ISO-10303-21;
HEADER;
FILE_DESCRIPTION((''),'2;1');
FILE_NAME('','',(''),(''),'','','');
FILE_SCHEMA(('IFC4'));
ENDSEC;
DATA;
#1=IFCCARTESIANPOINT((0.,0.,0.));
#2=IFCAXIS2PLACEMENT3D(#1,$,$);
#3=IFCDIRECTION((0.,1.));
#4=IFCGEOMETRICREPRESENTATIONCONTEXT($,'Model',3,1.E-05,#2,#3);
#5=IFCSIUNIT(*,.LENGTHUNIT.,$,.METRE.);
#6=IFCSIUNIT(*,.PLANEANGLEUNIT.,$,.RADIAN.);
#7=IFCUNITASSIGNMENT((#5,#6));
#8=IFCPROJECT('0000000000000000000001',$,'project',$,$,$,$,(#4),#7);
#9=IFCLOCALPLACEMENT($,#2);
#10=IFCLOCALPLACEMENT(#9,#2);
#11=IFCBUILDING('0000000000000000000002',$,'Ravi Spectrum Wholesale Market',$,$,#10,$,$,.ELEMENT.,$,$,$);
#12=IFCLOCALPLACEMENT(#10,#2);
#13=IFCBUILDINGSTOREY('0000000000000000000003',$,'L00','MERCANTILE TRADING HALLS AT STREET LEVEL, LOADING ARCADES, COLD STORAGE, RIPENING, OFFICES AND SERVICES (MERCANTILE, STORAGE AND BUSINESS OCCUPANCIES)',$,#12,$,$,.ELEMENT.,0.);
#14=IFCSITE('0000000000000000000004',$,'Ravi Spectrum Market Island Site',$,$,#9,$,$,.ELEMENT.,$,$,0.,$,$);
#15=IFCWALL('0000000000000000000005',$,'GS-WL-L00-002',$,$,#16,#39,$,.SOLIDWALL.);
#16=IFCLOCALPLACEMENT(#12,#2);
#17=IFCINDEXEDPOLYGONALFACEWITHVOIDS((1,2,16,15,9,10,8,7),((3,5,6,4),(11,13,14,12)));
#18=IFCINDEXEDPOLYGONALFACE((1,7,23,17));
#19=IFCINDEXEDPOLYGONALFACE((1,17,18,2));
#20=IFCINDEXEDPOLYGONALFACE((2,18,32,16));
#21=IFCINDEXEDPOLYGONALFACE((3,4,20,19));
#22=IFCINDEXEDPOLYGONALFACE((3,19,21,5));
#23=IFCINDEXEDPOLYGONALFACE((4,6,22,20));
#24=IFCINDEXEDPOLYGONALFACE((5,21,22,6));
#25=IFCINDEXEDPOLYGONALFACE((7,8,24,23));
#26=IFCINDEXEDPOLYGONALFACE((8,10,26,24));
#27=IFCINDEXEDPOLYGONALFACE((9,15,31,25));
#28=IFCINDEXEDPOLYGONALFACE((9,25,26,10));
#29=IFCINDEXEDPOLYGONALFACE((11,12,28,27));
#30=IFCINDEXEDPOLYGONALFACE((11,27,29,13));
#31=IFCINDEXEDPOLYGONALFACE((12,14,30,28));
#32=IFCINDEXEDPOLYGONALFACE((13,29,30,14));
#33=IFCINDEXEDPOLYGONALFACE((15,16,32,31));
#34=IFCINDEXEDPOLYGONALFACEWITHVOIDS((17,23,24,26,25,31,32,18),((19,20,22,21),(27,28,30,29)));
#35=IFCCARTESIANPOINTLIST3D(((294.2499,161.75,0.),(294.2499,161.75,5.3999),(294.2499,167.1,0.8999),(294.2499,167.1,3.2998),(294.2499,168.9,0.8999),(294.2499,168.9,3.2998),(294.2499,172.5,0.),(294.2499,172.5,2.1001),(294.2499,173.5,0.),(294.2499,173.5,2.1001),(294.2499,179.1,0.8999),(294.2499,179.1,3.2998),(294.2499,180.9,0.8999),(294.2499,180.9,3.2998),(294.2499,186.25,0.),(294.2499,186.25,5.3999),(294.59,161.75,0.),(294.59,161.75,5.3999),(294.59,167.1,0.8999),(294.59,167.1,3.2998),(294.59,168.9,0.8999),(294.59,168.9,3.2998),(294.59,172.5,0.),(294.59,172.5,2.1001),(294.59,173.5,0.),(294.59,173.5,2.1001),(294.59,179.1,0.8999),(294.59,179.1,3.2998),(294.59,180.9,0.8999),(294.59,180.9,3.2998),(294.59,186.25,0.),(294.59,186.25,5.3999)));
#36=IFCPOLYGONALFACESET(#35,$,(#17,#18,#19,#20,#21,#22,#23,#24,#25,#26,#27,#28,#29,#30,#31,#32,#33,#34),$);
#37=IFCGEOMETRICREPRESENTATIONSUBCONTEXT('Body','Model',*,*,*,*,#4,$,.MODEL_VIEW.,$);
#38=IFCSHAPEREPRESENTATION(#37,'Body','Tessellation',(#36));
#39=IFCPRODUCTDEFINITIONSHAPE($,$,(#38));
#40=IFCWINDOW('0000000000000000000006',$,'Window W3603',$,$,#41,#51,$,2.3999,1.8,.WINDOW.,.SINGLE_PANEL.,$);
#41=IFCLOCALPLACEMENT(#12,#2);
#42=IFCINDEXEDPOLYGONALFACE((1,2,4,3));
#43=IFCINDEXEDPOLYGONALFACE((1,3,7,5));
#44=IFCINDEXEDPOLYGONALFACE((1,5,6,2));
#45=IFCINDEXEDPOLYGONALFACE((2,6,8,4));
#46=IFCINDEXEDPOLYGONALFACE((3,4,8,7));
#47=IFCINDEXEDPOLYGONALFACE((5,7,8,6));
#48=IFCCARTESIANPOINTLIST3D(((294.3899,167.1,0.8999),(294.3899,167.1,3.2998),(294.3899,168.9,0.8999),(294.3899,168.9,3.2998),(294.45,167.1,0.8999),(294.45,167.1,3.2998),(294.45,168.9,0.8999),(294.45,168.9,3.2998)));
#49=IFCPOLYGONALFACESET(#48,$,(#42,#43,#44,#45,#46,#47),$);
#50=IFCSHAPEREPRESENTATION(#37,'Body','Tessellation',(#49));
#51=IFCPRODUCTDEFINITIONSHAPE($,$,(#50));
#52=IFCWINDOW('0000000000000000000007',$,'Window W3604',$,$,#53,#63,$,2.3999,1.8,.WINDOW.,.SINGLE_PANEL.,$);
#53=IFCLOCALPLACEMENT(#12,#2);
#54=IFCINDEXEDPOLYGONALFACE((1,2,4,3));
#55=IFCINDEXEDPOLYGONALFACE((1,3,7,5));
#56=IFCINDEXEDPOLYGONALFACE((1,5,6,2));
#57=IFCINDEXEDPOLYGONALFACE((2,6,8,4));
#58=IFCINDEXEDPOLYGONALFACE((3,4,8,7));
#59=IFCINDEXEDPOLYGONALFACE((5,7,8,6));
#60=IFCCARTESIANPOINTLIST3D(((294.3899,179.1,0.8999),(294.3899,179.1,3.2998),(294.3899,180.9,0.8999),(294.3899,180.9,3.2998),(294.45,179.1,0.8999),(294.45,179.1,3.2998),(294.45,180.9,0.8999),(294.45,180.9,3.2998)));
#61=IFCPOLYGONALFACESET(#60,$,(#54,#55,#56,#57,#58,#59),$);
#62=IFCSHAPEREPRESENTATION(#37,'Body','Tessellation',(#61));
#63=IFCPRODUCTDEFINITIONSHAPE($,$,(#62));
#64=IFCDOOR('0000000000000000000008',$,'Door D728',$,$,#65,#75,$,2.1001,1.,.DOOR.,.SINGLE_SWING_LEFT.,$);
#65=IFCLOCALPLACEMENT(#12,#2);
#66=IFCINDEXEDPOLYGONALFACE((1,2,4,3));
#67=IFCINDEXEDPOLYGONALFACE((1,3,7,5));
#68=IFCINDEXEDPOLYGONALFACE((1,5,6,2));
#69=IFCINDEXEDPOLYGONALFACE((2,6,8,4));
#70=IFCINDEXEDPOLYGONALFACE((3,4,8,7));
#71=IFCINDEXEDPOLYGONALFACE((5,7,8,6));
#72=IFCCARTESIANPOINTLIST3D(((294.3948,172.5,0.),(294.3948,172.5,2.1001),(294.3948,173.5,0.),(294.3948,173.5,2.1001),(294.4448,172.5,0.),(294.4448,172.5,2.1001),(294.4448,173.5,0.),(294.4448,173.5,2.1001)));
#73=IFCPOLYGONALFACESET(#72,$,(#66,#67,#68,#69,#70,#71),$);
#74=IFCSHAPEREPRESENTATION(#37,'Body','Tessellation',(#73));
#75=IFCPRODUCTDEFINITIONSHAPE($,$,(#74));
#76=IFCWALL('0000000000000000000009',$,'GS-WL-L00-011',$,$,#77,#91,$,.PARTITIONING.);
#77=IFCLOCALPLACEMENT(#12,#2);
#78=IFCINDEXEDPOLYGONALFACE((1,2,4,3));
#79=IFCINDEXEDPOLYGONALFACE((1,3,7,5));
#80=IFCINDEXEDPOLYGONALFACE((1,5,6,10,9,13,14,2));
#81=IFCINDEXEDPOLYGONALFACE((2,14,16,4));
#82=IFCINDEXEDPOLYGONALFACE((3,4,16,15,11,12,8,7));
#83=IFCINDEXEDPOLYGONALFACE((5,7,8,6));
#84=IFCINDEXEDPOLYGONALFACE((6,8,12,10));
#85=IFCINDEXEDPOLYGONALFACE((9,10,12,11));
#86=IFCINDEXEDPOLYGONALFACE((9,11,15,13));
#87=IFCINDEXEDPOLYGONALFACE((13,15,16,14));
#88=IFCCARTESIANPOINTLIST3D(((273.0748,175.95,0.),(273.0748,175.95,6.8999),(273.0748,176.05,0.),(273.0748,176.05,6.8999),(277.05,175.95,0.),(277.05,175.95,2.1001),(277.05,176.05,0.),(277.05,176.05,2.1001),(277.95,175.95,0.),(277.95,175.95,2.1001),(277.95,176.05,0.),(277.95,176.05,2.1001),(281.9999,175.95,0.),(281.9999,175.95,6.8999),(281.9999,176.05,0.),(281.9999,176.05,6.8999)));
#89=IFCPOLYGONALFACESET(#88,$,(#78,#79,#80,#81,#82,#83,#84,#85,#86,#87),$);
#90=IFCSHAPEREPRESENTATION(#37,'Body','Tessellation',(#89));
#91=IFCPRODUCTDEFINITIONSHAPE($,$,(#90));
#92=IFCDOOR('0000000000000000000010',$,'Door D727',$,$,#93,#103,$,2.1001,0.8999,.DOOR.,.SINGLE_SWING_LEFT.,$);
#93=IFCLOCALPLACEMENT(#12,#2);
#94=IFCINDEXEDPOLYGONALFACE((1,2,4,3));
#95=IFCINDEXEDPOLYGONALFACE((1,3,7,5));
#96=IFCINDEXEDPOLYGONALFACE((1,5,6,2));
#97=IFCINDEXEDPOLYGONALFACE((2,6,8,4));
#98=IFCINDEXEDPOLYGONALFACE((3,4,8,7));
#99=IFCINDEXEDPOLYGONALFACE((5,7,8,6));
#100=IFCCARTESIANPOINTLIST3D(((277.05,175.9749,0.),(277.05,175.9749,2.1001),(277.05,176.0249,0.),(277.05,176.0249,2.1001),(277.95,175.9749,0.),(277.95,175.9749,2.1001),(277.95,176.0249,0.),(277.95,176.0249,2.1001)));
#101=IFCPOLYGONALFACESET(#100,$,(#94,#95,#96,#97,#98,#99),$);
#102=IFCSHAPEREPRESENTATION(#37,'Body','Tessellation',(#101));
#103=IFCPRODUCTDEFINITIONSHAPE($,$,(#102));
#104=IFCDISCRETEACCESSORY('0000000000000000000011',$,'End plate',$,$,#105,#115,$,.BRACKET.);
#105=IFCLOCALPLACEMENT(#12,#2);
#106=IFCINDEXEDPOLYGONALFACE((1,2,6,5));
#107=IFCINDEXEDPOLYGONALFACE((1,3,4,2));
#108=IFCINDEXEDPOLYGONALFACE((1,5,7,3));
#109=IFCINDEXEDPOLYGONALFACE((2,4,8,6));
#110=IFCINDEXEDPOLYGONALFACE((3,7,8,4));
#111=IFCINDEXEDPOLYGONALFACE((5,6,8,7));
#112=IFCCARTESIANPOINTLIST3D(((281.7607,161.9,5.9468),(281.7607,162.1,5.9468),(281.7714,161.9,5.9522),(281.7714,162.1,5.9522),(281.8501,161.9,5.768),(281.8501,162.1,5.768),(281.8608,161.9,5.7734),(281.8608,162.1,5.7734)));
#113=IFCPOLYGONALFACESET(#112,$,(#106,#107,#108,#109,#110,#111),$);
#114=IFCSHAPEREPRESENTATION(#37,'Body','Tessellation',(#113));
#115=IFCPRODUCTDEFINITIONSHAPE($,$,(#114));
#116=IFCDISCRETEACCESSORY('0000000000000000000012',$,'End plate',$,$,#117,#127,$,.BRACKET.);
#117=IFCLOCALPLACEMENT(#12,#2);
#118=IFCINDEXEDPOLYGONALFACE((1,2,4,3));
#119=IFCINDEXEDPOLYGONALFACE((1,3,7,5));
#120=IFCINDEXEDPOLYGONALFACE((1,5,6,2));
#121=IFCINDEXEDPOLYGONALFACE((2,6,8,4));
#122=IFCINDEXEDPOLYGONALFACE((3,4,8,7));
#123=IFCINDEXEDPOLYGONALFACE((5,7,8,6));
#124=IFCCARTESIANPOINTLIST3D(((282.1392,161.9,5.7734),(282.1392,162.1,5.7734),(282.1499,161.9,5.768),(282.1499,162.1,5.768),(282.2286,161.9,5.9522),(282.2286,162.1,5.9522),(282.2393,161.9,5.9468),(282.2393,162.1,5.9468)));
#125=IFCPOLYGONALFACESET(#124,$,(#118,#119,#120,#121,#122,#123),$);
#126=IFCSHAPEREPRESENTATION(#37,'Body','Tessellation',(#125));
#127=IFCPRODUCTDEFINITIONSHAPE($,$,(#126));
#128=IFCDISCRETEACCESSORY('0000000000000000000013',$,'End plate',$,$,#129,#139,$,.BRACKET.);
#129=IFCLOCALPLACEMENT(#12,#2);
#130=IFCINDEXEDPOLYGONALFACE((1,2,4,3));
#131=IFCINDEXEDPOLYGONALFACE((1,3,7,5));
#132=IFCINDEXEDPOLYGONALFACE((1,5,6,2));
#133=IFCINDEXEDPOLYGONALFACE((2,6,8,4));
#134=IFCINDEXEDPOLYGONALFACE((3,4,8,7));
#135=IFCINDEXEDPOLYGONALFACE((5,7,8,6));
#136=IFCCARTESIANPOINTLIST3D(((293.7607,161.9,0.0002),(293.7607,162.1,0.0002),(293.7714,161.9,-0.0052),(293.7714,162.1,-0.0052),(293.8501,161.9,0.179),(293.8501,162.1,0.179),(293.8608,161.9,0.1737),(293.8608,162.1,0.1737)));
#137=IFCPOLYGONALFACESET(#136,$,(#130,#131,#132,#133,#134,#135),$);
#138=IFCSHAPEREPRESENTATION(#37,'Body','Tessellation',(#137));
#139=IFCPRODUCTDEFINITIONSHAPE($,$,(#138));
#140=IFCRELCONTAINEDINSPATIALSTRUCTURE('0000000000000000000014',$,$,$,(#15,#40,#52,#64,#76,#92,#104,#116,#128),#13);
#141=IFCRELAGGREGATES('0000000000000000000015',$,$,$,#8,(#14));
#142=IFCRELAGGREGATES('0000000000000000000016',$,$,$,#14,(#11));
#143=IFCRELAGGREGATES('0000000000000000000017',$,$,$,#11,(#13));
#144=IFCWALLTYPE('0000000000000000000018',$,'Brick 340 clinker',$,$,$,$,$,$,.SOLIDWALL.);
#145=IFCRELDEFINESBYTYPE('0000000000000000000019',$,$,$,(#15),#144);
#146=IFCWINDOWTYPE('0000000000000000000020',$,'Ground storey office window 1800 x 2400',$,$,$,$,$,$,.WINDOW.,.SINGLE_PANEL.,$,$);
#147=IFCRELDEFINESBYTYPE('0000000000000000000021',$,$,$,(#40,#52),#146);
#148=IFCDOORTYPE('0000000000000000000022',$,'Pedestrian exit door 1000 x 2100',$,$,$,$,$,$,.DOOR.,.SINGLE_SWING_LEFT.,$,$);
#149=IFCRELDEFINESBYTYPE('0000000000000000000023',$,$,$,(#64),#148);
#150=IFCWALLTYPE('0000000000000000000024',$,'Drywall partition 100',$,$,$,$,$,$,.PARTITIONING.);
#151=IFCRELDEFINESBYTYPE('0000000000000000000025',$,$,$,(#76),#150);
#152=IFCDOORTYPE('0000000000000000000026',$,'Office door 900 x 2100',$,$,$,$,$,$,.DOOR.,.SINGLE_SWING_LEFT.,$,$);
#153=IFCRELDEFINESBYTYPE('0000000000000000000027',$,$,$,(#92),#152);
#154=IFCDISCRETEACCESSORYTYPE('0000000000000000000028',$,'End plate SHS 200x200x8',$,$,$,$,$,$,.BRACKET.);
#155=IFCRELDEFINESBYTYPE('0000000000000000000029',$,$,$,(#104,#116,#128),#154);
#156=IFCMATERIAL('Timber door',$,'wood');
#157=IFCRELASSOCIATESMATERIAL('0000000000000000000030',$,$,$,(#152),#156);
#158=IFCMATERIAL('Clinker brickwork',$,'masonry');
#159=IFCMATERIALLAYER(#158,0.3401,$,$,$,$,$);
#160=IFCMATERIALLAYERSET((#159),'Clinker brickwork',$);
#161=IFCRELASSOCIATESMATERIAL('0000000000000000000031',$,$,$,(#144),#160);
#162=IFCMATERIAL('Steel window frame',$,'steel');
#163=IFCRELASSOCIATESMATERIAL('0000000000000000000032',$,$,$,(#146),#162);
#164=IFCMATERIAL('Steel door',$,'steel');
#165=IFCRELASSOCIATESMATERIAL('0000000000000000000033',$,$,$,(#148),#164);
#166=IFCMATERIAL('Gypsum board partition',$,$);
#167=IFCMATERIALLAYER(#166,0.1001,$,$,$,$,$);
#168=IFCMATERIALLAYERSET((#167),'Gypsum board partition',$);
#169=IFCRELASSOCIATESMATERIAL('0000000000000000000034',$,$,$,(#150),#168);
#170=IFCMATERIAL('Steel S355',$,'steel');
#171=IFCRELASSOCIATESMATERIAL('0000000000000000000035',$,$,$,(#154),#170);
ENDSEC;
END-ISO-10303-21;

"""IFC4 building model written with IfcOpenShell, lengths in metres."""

from ifc_helpers import new_model, si_unit, direction, frame, frame_2d, origin, origin_2d, place, context, subcontext, project, spatial, rectangle, extrude, material, layer, layer_set, material_profile, profile_set, type_object, element, fill, save


model = new_model("IFC4")

# Units and contexts
model_context = context("Model", 3, precision=1e-05, world=origin(), true_north=direction((0.0, 1.0)))
body_context = subcontext(model_context, "Body", "Model", "MODEL_VIEW")
ifc_project = project(units=[si_unit("LENGTHUNIT", "METRE"), si_unit("PLANEANGLEUNIT", "RADIAN")], contexts=[model_context])

# Site, building, storey
site_placement = place(None, origin())
site = spatial("IfcSite", under=ifc_project, at=site_placement, Name="Ravi Spectrum Market Island Site", CompositionType="ELEMENT", RefElevation=0.0)
building_placement = place(site_placement, origin())
building = spatial("IfcBuilding", under=site, at=building_placement, Name="Ravi Spectrum Wholesale Market", CompositionType="ELEMENT")
storey_placement = place(building_placement, origin())
storey = spatial("IfcBuildingStorey", under=building, at=storey_placement, Name="L00", Description="MERCANTILE TRADING HALLS AT STREET LEVEL, LOADING ARCADES, COLD STORAGE, RIPENING, OFFICES AND SERVICES (MERCANTILE, STORAGE AND BUSINESS OCCUPANCIES)", CompositionType="ELEMENT", Elevation=0.0)

# Shared definitions
ifc_material_1 = material(Name="Timber door", Category="wood")
door_type_1 = type_object("IfcDoorType", Name="Office door 900 x 2100", OperationType="SINGLE_SWING_LEFT", PredefinedType="DOOR", material=ifc_material_1)

# Wall, openings, windows, door
ifc_material_2 = material(Name="Clinker brickwork", Category="masonry")
ifc_layer_1 = layer(ifc_material_2, 0.3401)
ifc_layer_set_1 = layer_set([ifc_layer_1], Name="Clinker brickwork")
wall_type_1 = type_object("IfcWallType", Name="Brick 340 clinker", PredefinedType="SOLIDWALL", material=ifc_layer_set_1)
wall_1_placement = place(storey_placement, frame((294.4199, 161.75, 0.0), z_axis=(0.0, 0.0, 1.0), x_axis=(0.0, 1.0, 0.0)))
wall_1 = element("IfcWall", 1, at=wall_1_placement, inside=storey, type_object=wall_type_1, Name="GS-WL-L00-002", PredefinedType="SOLIDWALL", context=body_context, shape_type="SweptSolid", body=[
    extrude(rectangle(XDim=24.5, YDim=0.3401, at=frame_2d((12.25, 0.0))), origin(), (0.0, 0.0, 1.0), 5.3999),
])
opening_1_placement = place(wall_1_placement, frame((11.75, 0.0, 0.0), z_axis=(0.0, 0.0, 1.0), x_axis=(-1.0, 0.0, 0.0)))
opening_1 = element("IfcOpeningElement", 2, at=opening_1_placement, cuts=wall_1, PredefinedType="OPENING", context=body_context, shape_type="SweptSolid", body=[
    extrude(rectangle(XDim=1.0, YDim=2.1001, at=frame_2d((0.5, 1.05))), frame((0.0, 0.1799, 0.0), z_axis=(0.0, -1.0, 0.0), x_axis=(1.0, 0.0, 0.0)), (0.0, 0.0, 1.0), 0.3601),
])
opening_2_placement = place(wall_1_placement, frame((5.3501, 0.0, 0.8999)))
opening_2 = element("IfcOpeningElement", 3, at=opening_2_placement, cuts=wall_1, PredefinedType="OPENING", context=body_context, shape_type="SweptSolid", body=[
    extrude(rectangle(XDim=1.8, YDim=2.3999, at=frame_2d((0.8999, 1.2))), frame((0.0, 0.1799, 0.0), z_axis=(0.0, -1.0, 0.0), x_axis=(1.0, 0.0, 0.0)), (0.0, 0.0, 1.0), 0.3601),
])
opening_3_placement = place(wall_1_placement, frame((17.3501, 0.0, 0.8999)))
opening_3 = element("IfcOpeningElement", 4, at=opening_3_placement, cuts=wall_1, PredefinedType="OPENING", context=body_context, shape_type="SweptSolid", body=[
    extrude(rectangle(XDim=1.8, YDim=2.3999, at=frame_2d((0.8999, 1.2))), frame((0.0, 0.1799, 0.0), z_axis=(0.0, -1.0, 0.0), x_axis=(1.0, 0.0, 0.0)), (0.0, 0.0, 1.0), 0.3601),
])
ifc_material_3 = material(Name="Steel window frame", Category="steel")
window_type = type_object("IfcWindowType", Name="Ground storey office window 1800 x 2400", PartitioningType="SINGLE_PANEL", PredefinedType="WINDOW", material=ifc_material_3)
window_1_placement = place(opening_2_placement, origin())
window_1 = element("IfcWindow", 5, at=window_1_placement, inside=storey, type_object=window_type, Name="Window W3603", OverallHeight=2.3999, OverallWidth=1.8, PartitioningType="SINGLE_PANEL", PredefinedType="WINDOW", context=body_context, shape_type="SweptSolid", body=[
    extrude(rectangle(XDim=1.8, YDim=2.3999, at=frame_2d((0.8999, 1.2))), frame((0.0, 0.03, 0.0), z_axis=(0.0, -1.0, 0.0), x_axis=(1.0, 0.0, 0.0)), (0.0, 0.0, 1.0), 0.0601),
])
fill(opening_2, window_1)
window_2_placement = place(opening_3_placement, origin())
window_2 = element("IfcWindow", 6, at=window_2_placement, inside=storey, type_object=window_type, Name="Window W3604", OverallHeight=2.3999, OverallWidth=1.8, PartitioningType="SINGLE_PANEL", PredefinedType="WINDOW", context=body_context, shape_type="SweptSolid", body=[
    extrude(rectangle(XDim=1.8, YDim=2.3999, at=frame_2d((0.8999, 1.2))), frame((0.0, 0.03, 0.0), z_axis=(0.0, -1.0, 0.0), x_axis=(1.0, 0.0, 0.0)), (0.0, 0.0, 1.0), 0.0601),
])
fill(opening_3, window_2)
ifc_material_4 = material(Name="Steel door", Category="steel")
door_type_2 = type_object("IfcDoorType", Name="Pedestrian exit door 1000 x 2100", OperationType="SINGLE_SWING_LEFT", PredefinedType="DOOR", material=ifc_material_4)
door_1_placement = place(opening_1_placement, origin())
door_1 = element("IfcDoor", 7, at=door_1_placement, inside=storey, type_object=door_type_2, Name="Door D728", OperationType="SINGLE_SWING_LEFT", OverallHeight=2.1001, OverallWidth=1.0, PredefinedType="DOOR", context=body_context, shape_type="SweptSolid", body=[
    extrude(rectangle(XDim=1.0, YDim=2.1001, at=frame_2d((0.5, 1.05))), frame((0.0, 0.0249, 0.0), z_axis=(0.0, -1.0, 0.0), x_axis=(1.0, 0.0, 0.0)), (0.0, 0.0, 1.0), 0.05),
])
fill(opening_1, door_1)

# Wall, opening, door
ifc_material_5 = material(Name="Gypsum board partition")
ifc_layer_2 = layer(ifc_material_5, 0.1001)
ifc_layer_set_2 = layer_set([ifc_layer_2], Name="Gypsum board partition")
wall_type_2 = type_object("IfcWallType", Name="Drywall partition 100", PredefinedType="PARTITIONING", material=ifc_layer_set_2)
wall_2_placement = place(storey_placement, frame((273.075, 176.0, 0.0), z_axis=(0.0, 0.0, 1.0), x_axis=(1.0, 0.0, 0.0)))
wall_2 = element("IfcWall", 8, at=wall_2_placement, inside=storey, type_object=wall_type_2, Name="GS-WL-L00-011", PredefinedType="PARTITIONING", context=body_context, shape_type="SweptSolid", body=[
    extrude(rectangle(XDim=8.925, YDim=0.1001, at=frame_2d((4.4624, 0.0))), origin(), (0.0, 0.0, 1.0), 6.8999),
])
opening_4_placement = place(wall_2_placement, frame((3.9751, 0.0, 0.0)))
opening_4 = element("IfcOpeningElement", 9, at=opening_4_placement, cuts=wall_2, PredefinedType="OPENING", context=body_context, shape_type="SweptSolid", body=[
    extrude(rectangle(XDim=0.8999, YDim=2.1001, at=frame_2d((0.45, 1.05))), frame((0.0, 0.0601, 0.0), z_axis=(0.0, -1.0, 0.0), x_axis=(1.0, 0.0, 0.0)), (0.0, 0.0, 1.0), 0.1201),
])
door_2_placement = place(opening_4_placement, origin())
door_2 = element("IfcDoor", 10, at=door_2_placement, inside=storey, type_object=door_type_1, Name="Door D727", OperationType="SINGLE_SWING_LEFT", OverallHeight=2.1001, OverallWidth=0.8999, PredefinedType="DOOR", context=body_context, shape_type="SweptSolid", body=[
    extrude(rectangle(XDim=0.8999, YDim=2.1001, at=frame_2d((0.45, 1.05))), frame((0.0, 0.0249, 0.0), z_axis=(0.0, -1.0, 0.0), x_axis=(1.0, 0.0, 0.0)), (0.0, 0.0, 1.0), 0.05),
])
fill(opening_4, door_2)

# Discrete accessories
ifc_material_6 = material(Name="Steel S355", Category="steel")
ifc_material_profile_1 = material_profile(ifc_material_6, rectangle(XDim=0.2, YDim=0.2, at=origin_2d()))
ifc_profile_set_1 = profile_set([ifc_material_profile_1], Name="Steel S355")
discrete_accessory_type = type_object("IfcDiscreteAccessoryType", Name="End plate SHS 200x200x8", PredefinedType="BRACKET", material=ifc_profile_set_1)
for number, where, z_axis, x_axis, name in (
    (11, (281.8054, 162.0, 5.8574), (0.894427, 0.0, 0.447214), (0.0, 1.0, 0.0), "End plate"),
    (12, (282.1946, 162.0, 5.8574), (-0.894427, 0.0, 0.447214), (0.0, -1.0, 0.0), "End plate"),
    (13, (293.8054, 162.0, 0.0896), (0.894427, 0.0, -0.447214), (0.0, 1.0, 0.0), "End plate"),
):
    element("IfcDiscreteAccessory", number, at=place(storey_placement, frame(where, z_axis=z_axis, x_axis=x_axis)), inside=storey, type_object=discrete_accessory_type, Name=name, PredefinedType="BRACKET", context=body_context, shape_type="SweptSolid", body=[
        extrude(rectangle(XDim=0.2, YDim=0.2, at=origin_2d()), origin(), (0.0, 0.0, 1.0), 0.012),
    ])

save(model, "model.ifc")
